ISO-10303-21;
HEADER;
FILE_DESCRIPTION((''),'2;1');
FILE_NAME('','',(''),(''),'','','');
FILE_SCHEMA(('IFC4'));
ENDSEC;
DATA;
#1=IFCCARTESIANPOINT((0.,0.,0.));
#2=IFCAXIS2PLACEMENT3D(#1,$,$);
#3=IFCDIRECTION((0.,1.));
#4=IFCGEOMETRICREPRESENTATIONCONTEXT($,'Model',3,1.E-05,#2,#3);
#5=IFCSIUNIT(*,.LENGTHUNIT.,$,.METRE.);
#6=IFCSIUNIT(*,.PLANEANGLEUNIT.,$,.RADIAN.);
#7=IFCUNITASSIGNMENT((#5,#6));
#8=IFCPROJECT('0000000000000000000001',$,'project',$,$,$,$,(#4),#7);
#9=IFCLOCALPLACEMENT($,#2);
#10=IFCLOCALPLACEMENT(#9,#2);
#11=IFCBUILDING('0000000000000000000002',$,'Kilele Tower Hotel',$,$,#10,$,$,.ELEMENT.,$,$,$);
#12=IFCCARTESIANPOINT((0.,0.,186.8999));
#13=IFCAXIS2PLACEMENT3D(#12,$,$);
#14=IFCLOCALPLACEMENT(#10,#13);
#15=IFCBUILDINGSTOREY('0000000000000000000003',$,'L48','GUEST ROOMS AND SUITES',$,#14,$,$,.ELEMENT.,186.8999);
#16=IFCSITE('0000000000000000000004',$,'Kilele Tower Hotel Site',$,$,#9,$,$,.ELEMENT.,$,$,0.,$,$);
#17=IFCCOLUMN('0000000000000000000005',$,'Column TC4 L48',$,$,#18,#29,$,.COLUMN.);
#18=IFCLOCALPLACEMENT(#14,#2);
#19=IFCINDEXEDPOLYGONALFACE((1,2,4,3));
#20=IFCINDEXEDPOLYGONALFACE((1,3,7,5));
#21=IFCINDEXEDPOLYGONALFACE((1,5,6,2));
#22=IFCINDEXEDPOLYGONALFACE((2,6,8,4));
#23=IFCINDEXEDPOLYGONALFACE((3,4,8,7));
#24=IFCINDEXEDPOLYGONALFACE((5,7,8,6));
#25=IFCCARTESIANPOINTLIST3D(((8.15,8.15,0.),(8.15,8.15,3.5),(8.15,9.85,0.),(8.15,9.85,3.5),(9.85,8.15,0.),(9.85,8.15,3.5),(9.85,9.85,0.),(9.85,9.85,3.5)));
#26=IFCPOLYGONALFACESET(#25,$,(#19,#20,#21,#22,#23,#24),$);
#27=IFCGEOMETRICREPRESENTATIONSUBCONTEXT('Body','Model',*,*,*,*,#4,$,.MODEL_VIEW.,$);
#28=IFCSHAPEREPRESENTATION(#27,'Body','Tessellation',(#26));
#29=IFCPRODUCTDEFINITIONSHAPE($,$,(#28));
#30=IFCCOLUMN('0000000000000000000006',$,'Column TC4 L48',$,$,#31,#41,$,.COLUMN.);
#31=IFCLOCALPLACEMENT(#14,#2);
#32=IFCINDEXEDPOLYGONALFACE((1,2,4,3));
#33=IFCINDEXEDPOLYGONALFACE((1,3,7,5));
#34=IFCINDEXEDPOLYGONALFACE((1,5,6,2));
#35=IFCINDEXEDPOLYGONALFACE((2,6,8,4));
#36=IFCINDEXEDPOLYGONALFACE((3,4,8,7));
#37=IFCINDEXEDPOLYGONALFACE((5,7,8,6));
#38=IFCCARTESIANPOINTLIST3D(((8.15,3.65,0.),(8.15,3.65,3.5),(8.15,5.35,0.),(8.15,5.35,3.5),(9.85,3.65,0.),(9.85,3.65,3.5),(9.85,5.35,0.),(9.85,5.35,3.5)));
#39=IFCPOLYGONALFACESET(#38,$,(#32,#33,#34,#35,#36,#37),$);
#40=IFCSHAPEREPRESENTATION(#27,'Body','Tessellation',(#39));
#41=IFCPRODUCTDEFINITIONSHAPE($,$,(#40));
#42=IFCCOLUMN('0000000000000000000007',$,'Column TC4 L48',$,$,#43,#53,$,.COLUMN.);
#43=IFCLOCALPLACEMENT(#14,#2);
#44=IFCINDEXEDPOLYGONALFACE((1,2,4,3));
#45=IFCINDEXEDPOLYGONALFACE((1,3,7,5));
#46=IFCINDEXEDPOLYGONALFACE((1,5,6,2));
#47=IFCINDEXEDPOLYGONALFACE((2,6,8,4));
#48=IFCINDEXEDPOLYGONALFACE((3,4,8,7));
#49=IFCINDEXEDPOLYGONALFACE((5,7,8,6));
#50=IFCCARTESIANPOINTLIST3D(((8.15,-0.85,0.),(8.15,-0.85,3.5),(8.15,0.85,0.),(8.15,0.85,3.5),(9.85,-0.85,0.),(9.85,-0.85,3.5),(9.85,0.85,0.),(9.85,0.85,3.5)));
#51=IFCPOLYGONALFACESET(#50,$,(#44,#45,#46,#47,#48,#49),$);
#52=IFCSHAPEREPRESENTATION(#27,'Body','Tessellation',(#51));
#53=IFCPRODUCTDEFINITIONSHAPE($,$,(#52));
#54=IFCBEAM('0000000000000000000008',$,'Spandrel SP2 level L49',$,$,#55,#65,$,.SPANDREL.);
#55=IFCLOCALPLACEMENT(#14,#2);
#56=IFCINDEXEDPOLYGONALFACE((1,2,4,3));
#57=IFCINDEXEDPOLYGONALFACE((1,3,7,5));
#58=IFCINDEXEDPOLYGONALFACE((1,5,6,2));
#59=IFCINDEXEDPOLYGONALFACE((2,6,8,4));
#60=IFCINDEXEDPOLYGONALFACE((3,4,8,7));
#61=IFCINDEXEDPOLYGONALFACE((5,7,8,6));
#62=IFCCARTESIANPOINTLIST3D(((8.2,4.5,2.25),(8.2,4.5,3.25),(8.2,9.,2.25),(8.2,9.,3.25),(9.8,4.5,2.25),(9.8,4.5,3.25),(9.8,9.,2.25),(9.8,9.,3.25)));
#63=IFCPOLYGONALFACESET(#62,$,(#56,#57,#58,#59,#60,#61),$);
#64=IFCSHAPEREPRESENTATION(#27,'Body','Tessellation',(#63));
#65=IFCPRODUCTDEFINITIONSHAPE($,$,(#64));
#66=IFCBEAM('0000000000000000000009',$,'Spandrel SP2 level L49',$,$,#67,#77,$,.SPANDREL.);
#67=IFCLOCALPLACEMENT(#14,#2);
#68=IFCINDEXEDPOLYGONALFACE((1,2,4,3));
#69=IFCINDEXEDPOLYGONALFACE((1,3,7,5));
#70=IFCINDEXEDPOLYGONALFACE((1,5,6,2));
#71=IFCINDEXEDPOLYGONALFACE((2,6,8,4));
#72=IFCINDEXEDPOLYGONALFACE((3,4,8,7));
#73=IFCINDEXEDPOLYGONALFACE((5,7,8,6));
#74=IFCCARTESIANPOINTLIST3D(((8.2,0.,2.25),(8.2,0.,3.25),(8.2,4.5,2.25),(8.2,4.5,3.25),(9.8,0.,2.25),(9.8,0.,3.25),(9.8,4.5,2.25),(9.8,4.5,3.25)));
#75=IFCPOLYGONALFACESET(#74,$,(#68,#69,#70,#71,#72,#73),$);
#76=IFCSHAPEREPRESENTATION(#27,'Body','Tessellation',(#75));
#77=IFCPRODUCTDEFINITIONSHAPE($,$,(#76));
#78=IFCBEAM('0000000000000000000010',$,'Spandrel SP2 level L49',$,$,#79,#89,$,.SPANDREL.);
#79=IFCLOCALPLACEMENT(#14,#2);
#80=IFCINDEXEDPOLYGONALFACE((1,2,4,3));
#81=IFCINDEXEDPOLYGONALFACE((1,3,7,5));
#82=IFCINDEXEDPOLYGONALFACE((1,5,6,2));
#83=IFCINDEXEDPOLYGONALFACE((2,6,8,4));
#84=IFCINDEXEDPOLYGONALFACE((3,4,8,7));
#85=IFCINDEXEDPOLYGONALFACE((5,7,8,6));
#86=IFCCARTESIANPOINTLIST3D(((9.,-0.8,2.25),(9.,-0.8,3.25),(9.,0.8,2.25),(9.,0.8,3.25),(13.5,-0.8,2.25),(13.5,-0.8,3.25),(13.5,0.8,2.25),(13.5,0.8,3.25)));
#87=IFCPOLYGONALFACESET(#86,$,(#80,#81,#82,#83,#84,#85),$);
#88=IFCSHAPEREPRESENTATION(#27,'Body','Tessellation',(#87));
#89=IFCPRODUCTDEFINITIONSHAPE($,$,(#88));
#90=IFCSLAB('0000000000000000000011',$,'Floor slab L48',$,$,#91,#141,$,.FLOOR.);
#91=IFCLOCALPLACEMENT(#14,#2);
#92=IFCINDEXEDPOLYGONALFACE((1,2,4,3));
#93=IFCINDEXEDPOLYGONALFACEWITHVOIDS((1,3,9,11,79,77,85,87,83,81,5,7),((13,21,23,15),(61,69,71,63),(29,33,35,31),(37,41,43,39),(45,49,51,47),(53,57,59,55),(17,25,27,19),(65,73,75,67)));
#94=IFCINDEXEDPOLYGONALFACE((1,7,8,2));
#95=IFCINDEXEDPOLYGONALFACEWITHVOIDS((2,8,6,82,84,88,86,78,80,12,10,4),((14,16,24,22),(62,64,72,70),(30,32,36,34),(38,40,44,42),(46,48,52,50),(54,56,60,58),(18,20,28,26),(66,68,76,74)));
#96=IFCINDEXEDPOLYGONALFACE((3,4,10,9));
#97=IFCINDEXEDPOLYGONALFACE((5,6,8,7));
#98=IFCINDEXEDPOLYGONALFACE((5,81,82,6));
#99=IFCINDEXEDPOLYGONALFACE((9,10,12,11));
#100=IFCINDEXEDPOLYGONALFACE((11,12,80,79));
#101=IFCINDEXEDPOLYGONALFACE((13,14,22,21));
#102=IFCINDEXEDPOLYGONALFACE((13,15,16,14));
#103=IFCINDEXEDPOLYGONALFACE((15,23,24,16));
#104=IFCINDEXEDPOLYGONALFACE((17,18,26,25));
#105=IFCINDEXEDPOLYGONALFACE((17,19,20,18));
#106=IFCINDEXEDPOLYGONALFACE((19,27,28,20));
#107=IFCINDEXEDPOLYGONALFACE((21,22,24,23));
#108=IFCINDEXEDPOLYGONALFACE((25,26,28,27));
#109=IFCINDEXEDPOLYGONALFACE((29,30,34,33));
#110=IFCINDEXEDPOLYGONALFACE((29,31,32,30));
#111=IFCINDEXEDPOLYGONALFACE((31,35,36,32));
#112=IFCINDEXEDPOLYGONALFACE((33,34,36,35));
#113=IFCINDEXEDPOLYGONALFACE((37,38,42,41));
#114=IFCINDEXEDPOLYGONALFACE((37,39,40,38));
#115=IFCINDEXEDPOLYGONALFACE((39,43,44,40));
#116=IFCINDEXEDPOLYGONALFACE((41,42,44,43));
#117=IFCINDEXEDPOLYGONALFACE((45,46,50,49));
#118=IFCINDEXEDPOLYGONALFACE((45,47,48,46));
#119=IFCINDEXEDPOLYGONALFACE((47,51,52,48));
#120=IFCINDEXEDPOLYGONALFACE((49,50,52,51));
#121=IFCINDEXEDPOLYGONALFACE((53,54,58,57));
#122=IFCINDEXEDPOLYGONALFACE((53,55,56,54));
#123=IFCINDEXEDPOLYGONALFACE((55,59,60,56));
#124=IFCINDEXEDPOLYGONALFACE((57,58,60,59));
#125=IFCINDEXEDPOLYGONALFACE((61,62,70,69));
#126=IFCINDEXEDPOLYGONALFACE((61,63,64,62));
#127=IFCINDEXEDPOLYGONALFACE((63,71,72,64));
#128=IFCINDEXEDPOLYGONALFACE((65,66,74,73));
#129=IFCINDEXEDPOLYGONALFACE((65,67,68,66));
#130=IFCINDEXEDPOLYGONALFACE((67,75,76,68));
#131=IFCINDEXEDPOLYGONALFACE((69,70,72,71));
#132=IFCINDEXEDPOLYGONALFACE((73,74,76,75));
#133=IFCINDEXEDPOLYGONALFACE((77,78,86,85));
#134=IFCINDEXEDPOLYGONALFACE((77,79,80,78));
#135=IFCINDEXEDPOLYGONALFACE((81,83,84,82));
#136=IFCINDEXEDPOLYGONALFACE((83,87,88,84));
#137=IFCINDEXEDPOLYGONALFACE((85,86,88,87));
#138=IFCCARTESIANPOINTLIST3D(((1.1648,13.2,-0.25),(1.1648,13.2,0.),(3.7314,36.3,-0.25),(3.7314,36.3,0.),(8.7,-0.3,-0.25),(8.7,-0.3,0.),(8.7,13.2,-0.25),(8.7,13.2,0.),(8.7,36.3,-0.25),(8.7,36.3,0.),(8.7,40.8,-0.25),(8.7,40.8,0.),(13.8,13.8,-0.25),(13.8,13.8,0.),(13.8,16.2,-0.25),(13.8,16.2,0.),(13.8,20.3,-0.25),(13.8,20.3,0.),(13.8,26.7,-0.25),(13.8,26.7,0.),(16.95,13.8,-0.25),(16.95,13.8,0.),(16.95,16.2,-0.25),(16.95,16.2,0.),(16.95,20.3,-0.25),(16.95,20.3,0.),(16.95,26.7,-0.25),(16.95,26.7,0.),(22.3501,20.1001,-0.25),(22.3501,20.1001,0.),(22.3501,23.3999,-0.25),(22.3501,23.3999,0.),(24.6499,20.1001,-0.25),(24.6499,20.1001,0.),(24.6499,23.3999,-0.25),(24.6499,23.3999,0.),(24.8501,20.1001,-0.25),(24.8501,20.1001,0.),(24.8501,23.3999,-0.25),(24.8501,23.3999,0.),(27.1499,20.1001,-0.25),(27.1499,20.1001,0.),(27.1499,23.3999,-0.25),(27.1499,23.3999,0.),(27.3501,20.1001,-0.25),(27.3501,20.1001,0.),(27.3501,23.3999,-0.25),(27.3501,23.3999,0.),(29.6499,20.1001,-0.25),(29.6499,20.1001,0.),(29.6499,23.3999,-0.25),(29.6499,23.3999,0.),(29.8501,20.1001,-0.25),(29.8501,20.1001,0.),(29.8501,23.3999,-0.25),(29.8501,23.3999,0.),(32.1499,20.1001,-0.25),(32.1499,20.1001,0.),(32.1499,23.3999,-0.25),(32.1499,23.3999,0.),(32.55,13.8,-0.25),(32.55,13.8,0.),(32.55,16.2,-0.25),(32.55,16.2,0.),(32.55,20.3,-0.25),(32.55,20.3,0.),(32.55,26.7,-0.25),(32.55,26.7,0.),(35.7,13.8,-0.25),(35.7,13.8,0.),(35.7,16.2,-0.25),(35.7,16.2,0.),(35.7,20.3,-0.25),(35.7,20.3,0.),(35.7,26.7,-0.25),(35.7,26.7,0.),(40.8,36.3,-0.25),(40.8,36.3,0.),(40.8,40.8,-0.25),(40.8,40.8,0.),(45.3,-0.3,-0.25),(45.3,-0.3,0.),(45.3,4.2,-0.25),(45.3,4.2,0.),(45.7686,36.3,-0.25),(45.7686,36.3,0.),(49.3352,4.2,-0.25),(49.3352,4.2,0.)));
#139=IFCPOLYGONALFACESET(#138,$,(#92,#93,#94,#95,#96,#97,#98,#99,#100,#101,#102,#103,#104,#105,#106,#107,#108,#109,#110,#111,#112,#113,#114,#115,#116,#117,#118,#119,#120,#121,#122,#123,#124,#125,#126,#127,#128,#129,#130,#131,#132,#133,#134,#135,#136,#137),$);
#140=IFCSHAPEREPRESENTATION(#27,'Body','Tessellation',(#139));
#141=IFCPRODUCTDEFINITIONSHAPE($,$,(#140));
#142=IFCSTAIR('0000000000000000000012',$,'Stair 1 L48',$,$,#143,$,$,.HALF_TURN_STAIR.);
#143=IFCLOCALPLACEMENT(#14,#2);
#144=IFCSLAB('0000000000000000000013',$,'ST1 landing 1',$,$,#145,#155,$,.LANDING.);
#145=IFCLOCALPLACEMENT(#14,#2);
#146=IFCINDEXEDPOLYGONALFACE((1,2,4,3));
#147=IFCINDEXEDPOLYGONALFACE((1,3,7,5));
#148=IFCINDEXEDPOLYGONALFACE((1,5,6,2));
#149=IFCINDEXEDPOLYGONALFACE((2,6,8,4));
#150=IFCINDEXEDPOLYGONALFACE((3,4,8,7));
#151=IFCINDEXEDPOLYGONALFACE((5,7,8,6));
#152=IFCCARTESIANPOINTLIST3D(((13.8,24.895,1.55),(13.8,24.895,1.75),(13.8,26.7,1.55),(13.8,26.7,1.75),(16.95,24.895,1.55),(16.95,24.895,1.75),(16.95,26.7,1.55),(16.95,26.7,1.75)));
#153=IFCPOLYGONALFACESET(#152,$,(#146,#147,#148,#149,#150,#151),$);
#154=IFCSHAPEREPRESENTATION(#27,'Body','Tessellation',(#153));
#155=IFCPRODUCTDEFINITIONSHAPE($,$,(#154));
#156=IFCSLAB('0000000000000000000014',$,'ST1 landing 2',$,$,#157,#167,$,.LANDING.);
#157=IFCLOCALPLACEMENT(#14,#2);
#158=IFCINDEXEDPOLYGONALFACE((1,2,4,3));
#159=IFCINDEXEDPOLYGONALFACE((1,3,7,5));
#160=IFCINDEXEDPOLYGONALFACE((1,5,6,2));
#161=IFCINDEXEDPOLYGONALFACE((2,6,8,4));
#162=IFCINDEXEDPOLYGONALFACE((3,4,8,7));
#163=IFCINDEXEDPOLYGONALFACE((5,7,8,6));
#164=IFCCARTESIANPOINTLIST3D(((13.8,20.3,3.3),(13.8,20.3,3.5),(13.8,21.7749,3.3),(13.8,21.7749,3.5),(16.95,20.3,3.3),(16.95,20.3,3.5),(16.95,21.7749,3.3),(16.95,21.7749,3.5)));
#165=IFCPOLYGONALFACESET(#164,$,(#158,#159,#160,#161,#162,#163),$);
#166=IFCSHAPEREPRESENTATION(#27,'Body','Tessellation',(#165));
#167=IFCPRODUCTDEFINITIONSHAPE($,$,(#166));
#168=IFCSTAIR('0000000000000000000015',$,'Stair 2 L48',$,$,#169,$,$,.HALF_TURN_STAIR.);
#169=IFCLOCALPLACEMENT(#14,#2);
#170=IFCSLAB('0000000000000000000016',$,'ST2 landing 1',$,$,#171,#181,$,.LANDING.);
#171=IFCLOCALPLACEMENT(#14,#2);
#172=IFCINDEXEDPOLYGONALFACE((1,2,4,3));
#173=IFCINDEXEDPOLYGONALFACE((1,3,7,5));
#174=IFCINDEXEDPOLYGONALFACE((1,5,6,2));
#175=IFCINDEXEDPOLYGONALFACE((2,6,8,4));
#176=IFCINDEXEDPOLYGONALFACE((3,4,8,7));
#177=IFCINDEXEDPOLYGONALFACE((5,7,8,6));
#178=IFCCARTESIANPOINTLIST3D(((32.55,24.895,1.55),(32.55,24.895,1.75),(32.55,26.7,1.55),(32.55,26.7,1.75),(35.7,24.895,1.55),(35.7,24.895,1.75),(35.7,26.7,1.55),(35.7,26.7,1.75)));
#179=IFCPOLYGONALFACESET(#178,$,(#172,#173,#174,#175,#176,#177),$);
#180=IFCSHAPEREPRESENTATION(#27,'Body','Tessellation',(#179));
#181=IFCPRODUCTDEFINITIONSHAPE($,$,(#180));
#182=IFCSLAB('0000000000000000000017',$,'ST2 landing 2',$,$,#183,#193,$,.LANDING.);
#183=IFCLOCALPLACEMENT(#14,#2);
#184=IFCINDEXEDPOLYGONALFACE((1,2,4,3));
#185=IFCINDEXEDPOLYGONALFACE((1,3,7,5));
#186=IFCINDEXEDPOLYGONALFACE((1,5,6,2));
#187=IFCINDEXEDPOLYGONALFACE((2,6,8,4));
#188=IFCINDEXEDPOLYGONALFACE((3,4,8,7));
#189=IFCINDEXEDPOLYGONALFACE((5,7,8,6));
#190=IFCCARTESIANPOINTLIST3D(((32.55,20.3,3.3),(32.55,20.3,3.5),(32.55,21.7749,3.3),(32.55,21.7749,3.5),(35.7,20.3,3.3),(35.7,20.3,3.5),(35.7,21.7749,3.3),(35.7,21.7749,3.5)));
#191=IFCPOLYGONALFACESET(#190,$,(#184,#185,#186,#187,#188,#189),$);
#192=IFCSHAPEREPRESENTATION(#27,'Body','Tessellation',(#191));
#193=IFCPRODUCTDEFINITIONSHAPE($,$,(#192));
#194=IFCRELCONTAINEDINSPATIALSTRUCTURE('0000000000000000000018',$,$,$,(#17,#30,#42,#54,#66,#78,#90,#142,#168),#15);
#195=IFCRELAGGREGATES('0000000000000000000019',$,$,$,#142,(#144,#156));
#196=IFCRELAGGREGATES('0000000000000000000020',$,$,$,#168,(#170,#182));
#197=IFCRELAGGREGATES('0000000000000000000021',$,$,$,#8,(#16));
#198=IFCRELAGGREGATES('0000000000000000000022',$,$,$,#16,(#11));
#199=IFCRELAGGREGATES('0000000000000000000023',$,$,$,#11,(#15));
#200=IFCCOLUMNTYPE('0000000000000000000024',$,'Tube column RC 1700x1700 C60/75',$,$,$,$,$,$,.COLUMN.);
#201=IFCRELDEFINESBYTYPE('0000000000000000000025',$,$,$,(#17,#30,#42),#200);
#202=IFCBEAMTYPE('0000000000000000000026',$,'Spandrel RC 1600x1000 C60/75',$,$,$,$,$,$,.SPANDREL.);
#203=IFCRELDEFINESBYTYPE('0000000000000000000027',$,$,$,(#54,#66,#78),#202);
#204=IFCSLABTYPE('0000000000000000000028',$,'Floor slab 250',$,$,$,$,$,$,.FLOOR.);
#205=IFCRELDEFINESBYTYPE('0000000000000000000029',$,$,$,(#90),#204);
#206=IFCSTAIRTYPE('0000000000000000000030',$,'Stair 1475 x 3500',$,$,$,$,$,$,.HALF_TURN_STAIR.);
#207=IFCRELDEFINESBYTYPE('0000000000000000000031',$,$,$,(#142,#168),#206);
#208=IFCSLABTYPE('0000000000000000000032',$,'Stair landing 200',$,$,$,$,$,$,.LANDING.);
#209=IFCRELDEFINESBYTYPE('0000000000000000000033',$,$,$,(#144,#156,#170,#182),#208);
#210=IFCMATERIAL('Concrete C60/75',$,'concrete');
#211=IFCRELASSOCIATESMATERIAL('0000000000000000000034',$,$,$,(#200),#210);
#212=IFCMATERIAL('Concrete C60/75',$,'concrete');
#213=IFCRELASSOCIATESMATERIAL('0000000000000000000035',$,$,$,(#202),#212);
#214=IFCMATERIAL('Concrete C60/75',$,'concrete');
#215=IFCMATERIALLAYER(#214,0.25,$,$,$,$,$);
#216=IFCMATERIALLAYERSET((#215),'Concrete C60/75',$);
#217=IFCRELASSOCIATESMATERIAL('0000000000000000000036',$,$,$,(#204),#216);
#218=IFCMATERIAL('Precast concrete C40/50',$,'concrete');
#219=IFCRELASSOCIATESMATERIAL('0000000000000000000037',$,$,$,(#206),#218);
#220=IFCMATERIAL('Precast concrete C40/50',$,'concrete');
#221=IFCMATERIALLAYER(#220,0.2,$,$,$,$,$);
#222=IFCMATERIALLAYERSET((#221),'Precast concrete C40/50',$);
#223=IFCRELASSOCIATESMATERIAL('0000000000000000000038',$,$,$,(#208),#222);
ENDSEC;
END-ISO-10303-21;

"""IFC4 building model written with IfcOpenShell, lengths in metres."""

from ifc_helpers import new_model, si_unit, direction, frame, origin, origin_2d, place, context, subcontext, project, spatial, polyline, rectangle, outline, extrude, material, layer, layer_set, material_profile, profile_set, type_object, element, aggregate, save


model = new_model("IFC4")

# Units and contexts
model_context = context("Model", 3, precision=1e-05, world=origin(), true_north=direction((0.0, 1.0)))
body_context = subcontext(model_context, "Body", "Model", "MODEL_VIEW")
ifc_project = project(units=[si_unit("LENGTHUNIT", "METRE"), si_unit("PLANEANGLEUNIT", "RADIAN")], contexts=[model_context])

# Site, building, storey
site_placement = place(None, origin())
site = spatial("IfcSite", under=ifc_project, at=site_placement, Name="Kilele Tower Hotel Site", CompositionType="ELEMENT", RefElevation=0.0)
building_placement = place(site_placement, origin())
building = spatial("IfcBuilding", under=site, at=building_placement, Name="Kilele Tower Hotel", CompositionType="ELEMENT")
storey_placement = place(building_placement, frame((0.0, 0.0, 186.8999)))
storey = spatial("IfcBuildingStorey", under=building, at=storey_placement, Name="L48", Description="GUEST ROOMS AND SUITES", CompositionType="ELEMENT", Elevation=186.8999)

# Columns
ifc_material_1 = material(Name="Concrete C60/75", Category="concrete")
ifc_material_profile_1 = material_profile(ifc_material_1, rectangle(XDim=1.7, YDim=1.7, at=origin_2d()))
ifc_profile_set_1 = profile_set([ifc_material_profile_1], Name="Concrete C60/75")
column_type = type_object("IfcColumnType", Name="Tube column RC 1700x1700 C60/75", PredefinedType="COLUMN", material=ifc_profile_set_1)
for number, where, z_axis, x_axis, name in (
    (1, (9.0, 9.0, 0.0), (0.0, 0.0, 1.0), (1.0, 0.0, 0.0), "Column TC4 L48"),
    (2, (9.0, 4.5, 0.0), (0.0, 0.0, 1.0), (1.0, 0.0, 0.0), "Column TC4 L48"),
    (3, (9.0, 0.0, 0.0), (0.0, 0.0, 1.0), (1.0, 0.0, 0.0), "Column TC4 L48"),
):
    element("IfcColumn", number, at=place(storey_placement, frame(where, z_axis=z_axis, x_axis=x_axis)), inside=storey, type_object=column_type, Name=name, PredefinedType="COLUMN", context=body_context, shape_type="SweptSolid", body=[
        extrude(rectangle(XDim=1.7, YDim=1.7, at=origin_2d()), origin(), (0.0, 0.0, 1.0), 3.5),
    ])

# Beams
ifc_material_2 = material(Name="Concrete C60/75", Category="concrete")
ifc_material_profile_2 = material_profile(ifc_material_2, rectangle(XDim=1.6001, YDim=1.0, at=origin_2d()))
ifc_profile_set_2 = profile_set([ifc_material_profile_2], Name="Concrete C60/75")
beam_type = type_object("IfcBeamType", Name="Spandrel RC 1600x1000 C60/75", PredefinedType="SPANDREL", material=ifc_profile_set_2)
for number, where, z_axis, x_axis, name in (
    (4, (9.0, 9.0, 2.75), (0.0, -1.0, 0.0), (1.0, 0.0, 0.0), "Spandrel SP2 level L49"),
    (5, (9.0, 4.5, 2.75), (0.0, -1.0, 0.0), (1.0, 0.0, 0.0), "Spandrel SP2 level L49"),
    (6, (9.0, 0.0, 2.75), (1.0, 0.0, 0.0), (0.0, 1.0, 0.0), "Spandrel SP2 level L49"),
):
    element("IfcBeam", number, at=place(storey_placement, frame(where, z_axis=z_axis, x_axis=x_axis)), inside=storey, type_object=beam_type, Name=name, PredefinedType="SPANDREL", context=body_context, shape_type="SweptSolid", body=[
        extrude(rectangle(XDim=1.6001, YDim=1.0, at=origin_2d()), origin(), (0.0, 0.0, 1.0), 4.5),
    ])

# Slab
ifc_material_3 = material(Name="Concrete C60/75", Category="concrete")
ifc_layer_1 = layer(ifc_material_3, 0.25)
ifc_layer_set_1 = layer_set([ifc_layer_1], Name="Concrete C60/75")
slab_type_1 = type_object("IfcSlabType", Name="Floor slab 250", PredefinedType="FLOOR", material=ifc_layer_set_1)
slab_1_placement = place(storey_placement, frame((0.0, 0.0, -0.25)))
element("IfcSlab", 7, at=slab_1_placement, inside=storey, type_object=slab_type_1, Name="Floor slab L48", PredefinedType="FLOOR", context=body_context, shape_type="SweptSolid", body=[
    extrude(outline(polyline([(8.7, 36.3), (8.7, 40.8), (40.8, 40.8), (40.8, 36.3), (45.7686, 36.3), (49.3352, 4.2), (45.3, 4.2), (45.3, -0.3), (8.7, -0.3), (8.7, 13.2), (1.1648, 13.2), (3.7314, 36.3), (8.7, 36.3)]), holes=[polyline([(16.95, 16.2), (13.8, 16.2), (13.8, 13.8), (16.95, 13.8), (16.95, 16.2)]), polyline([(35.7, 16.2), (32.55, 16.2), (32.55, 13.8), (35.7, 13.8), (35.7, 16.2)]), polyline([(24.6499, 23.3999), (22.3501, 23.3999), (22.3501, 20.1001), (24.6499, 20.1001), (24.6499, 23.3999)]), polyline([(27.1499, 23.3999), (24.8501, 23.3999), (24.8501, 20.1001), (27.1499, 20.1001), (27.1499, 23.3999)]), polyline([(29.6499, 23.3999), (27.3501, 23.3999), (27.3501, 20.1001), (29.6499, 20.1001), (29.6499, 23.3999)]), polyline([(32.1499, 23.3999), (29.8501, 23.3999), (29.8501, 20.1001), (32.1499, 20.1001), (32.1499, 23.3999)]), polyline([(16.95, 26.7), (13.8, 26.7), (13.8, 20.3), (16.95, 20.3), (16.95, 26.7)]), polyline([(35.7, 26.7), (32.55, 26.7), (32.55, 20.3), (35.7, 20.3), (35.7, 26.7)])]), origin(), (0.0, 0.0, 1.0), 0.25),
])

# Stairs, slabs
ifc_material_4 = material(Name="Precast concrete C40/50", Category="concrete")
stair_type = type_object("IfcStairType", Name="Stair 1475 x 3500", PredefinedType="HALF_TURN_STAIR", material=ifc_material_4)
stair_1_placement = place(storey_placement, origin())
stair_1 = element("IfcStair", 8, at=stair_1_placement, inside=storey, type_object=stair_type, Name="Stair 1 L48", PredefinedType="HALF_TURN_STAIR")
ifc_material_5 = material(Name="Precast concrete C40/50", Category="concrete")
ifc_layer_2 = layer(ifc_material_5, 0.2)
ifc_layer_set_2 = layer_set([ifc_layer_2], Name="Precast concrete C40/50")
slab_type_2 = type_object("IfcSlabType", Name="Stair landing 200", PredefinedType="LANDING", material=ifc_layer_set_2)
slab_2_placement = place(storey_placement, frame((0.0, 0.0, 1.55)))
slab_2 = element("IfcSlab", 9, at=slab_2_placement, type_object=slab_type_2, Name="ST1 landing 1", PredefinedType="LANDING", context=body_context, shape_type="SweptSolid", body=[
    extrude(outline(polyline([(13.8, 24.895), (16.95, 24.895), (16.95, 26.7), (13.8, 26.7), (13.8, 24.895)])), origin(), (0.0, 0.0, 1.0), 0.2),
])
slab_3_placement = place(storey_placement, frame((0.0, 0.0, 3.3)))
slab_3 = element("IfcSlab", 10, at=slab_3_placement, type_object=slab_type_2, Name="ST1 landing 2", PredefinedType="LANDING", context=body_context, shape_type="SweptSolid", body=[
    extrude(outline(polyline([(13.8, 20.3), (16.95, 20.3), (16.95, 21.7749), (13.8, 21.7749), (13.8, 20.3)])), origin(), (0.0, 0.0, 1.0), 0.2),
])
aggregate(stair_1, [slab_2, slab_3])
stair_2_placement = place(storey_placement, origin())
stair_2 = element("IfcStair", 11, at=stair_2_placement, inside=storey, type_object=stair_type, Name="Stair 2 L48", PredefinedType="HALF_TURN_STAIR")
slab_4_placement = place(storey_placement, frame((0.0, 0.0, 1.55)))
slab_4 = element("IfcSlab", 12, at=slab_4_placement, type_object=slab_type_2, Name="ST2 landing 1", PredefinedType="LANDING", context=body_context, shape_type="SweptSolid", body=[
    extrude(outline(polyline([(32.55, 24.895), (35.7, 24.895), (35.7, 26.7), (32.55, 26.7), (32.55, 24.895)])), origin(), (0.0, 0.0, 1.0), 0.2),
])
slab_5_placement = place(storey_placement, frame((0.0, 0.0, 3.3)))
slab_5 = element("IfcSlab", 13, at=slab_5_placement, type_object=slab_type_2, Name="ST2 landing 2", PredefinedType="LANDING", context=body_context, shape_type="SweptSolid", body=[
    extrude(outline(polyline([(32.55, 20.3), (35.7, 20.3), (35.7, 21.7749), (32.55, 21.7749), (32.55, 20.3)])), origin(), (0.0, 0.0, 1.0), 0.2),
])
aggregate(stair_2, [slab_4, slab_5])

save(model, "model.ifc")
